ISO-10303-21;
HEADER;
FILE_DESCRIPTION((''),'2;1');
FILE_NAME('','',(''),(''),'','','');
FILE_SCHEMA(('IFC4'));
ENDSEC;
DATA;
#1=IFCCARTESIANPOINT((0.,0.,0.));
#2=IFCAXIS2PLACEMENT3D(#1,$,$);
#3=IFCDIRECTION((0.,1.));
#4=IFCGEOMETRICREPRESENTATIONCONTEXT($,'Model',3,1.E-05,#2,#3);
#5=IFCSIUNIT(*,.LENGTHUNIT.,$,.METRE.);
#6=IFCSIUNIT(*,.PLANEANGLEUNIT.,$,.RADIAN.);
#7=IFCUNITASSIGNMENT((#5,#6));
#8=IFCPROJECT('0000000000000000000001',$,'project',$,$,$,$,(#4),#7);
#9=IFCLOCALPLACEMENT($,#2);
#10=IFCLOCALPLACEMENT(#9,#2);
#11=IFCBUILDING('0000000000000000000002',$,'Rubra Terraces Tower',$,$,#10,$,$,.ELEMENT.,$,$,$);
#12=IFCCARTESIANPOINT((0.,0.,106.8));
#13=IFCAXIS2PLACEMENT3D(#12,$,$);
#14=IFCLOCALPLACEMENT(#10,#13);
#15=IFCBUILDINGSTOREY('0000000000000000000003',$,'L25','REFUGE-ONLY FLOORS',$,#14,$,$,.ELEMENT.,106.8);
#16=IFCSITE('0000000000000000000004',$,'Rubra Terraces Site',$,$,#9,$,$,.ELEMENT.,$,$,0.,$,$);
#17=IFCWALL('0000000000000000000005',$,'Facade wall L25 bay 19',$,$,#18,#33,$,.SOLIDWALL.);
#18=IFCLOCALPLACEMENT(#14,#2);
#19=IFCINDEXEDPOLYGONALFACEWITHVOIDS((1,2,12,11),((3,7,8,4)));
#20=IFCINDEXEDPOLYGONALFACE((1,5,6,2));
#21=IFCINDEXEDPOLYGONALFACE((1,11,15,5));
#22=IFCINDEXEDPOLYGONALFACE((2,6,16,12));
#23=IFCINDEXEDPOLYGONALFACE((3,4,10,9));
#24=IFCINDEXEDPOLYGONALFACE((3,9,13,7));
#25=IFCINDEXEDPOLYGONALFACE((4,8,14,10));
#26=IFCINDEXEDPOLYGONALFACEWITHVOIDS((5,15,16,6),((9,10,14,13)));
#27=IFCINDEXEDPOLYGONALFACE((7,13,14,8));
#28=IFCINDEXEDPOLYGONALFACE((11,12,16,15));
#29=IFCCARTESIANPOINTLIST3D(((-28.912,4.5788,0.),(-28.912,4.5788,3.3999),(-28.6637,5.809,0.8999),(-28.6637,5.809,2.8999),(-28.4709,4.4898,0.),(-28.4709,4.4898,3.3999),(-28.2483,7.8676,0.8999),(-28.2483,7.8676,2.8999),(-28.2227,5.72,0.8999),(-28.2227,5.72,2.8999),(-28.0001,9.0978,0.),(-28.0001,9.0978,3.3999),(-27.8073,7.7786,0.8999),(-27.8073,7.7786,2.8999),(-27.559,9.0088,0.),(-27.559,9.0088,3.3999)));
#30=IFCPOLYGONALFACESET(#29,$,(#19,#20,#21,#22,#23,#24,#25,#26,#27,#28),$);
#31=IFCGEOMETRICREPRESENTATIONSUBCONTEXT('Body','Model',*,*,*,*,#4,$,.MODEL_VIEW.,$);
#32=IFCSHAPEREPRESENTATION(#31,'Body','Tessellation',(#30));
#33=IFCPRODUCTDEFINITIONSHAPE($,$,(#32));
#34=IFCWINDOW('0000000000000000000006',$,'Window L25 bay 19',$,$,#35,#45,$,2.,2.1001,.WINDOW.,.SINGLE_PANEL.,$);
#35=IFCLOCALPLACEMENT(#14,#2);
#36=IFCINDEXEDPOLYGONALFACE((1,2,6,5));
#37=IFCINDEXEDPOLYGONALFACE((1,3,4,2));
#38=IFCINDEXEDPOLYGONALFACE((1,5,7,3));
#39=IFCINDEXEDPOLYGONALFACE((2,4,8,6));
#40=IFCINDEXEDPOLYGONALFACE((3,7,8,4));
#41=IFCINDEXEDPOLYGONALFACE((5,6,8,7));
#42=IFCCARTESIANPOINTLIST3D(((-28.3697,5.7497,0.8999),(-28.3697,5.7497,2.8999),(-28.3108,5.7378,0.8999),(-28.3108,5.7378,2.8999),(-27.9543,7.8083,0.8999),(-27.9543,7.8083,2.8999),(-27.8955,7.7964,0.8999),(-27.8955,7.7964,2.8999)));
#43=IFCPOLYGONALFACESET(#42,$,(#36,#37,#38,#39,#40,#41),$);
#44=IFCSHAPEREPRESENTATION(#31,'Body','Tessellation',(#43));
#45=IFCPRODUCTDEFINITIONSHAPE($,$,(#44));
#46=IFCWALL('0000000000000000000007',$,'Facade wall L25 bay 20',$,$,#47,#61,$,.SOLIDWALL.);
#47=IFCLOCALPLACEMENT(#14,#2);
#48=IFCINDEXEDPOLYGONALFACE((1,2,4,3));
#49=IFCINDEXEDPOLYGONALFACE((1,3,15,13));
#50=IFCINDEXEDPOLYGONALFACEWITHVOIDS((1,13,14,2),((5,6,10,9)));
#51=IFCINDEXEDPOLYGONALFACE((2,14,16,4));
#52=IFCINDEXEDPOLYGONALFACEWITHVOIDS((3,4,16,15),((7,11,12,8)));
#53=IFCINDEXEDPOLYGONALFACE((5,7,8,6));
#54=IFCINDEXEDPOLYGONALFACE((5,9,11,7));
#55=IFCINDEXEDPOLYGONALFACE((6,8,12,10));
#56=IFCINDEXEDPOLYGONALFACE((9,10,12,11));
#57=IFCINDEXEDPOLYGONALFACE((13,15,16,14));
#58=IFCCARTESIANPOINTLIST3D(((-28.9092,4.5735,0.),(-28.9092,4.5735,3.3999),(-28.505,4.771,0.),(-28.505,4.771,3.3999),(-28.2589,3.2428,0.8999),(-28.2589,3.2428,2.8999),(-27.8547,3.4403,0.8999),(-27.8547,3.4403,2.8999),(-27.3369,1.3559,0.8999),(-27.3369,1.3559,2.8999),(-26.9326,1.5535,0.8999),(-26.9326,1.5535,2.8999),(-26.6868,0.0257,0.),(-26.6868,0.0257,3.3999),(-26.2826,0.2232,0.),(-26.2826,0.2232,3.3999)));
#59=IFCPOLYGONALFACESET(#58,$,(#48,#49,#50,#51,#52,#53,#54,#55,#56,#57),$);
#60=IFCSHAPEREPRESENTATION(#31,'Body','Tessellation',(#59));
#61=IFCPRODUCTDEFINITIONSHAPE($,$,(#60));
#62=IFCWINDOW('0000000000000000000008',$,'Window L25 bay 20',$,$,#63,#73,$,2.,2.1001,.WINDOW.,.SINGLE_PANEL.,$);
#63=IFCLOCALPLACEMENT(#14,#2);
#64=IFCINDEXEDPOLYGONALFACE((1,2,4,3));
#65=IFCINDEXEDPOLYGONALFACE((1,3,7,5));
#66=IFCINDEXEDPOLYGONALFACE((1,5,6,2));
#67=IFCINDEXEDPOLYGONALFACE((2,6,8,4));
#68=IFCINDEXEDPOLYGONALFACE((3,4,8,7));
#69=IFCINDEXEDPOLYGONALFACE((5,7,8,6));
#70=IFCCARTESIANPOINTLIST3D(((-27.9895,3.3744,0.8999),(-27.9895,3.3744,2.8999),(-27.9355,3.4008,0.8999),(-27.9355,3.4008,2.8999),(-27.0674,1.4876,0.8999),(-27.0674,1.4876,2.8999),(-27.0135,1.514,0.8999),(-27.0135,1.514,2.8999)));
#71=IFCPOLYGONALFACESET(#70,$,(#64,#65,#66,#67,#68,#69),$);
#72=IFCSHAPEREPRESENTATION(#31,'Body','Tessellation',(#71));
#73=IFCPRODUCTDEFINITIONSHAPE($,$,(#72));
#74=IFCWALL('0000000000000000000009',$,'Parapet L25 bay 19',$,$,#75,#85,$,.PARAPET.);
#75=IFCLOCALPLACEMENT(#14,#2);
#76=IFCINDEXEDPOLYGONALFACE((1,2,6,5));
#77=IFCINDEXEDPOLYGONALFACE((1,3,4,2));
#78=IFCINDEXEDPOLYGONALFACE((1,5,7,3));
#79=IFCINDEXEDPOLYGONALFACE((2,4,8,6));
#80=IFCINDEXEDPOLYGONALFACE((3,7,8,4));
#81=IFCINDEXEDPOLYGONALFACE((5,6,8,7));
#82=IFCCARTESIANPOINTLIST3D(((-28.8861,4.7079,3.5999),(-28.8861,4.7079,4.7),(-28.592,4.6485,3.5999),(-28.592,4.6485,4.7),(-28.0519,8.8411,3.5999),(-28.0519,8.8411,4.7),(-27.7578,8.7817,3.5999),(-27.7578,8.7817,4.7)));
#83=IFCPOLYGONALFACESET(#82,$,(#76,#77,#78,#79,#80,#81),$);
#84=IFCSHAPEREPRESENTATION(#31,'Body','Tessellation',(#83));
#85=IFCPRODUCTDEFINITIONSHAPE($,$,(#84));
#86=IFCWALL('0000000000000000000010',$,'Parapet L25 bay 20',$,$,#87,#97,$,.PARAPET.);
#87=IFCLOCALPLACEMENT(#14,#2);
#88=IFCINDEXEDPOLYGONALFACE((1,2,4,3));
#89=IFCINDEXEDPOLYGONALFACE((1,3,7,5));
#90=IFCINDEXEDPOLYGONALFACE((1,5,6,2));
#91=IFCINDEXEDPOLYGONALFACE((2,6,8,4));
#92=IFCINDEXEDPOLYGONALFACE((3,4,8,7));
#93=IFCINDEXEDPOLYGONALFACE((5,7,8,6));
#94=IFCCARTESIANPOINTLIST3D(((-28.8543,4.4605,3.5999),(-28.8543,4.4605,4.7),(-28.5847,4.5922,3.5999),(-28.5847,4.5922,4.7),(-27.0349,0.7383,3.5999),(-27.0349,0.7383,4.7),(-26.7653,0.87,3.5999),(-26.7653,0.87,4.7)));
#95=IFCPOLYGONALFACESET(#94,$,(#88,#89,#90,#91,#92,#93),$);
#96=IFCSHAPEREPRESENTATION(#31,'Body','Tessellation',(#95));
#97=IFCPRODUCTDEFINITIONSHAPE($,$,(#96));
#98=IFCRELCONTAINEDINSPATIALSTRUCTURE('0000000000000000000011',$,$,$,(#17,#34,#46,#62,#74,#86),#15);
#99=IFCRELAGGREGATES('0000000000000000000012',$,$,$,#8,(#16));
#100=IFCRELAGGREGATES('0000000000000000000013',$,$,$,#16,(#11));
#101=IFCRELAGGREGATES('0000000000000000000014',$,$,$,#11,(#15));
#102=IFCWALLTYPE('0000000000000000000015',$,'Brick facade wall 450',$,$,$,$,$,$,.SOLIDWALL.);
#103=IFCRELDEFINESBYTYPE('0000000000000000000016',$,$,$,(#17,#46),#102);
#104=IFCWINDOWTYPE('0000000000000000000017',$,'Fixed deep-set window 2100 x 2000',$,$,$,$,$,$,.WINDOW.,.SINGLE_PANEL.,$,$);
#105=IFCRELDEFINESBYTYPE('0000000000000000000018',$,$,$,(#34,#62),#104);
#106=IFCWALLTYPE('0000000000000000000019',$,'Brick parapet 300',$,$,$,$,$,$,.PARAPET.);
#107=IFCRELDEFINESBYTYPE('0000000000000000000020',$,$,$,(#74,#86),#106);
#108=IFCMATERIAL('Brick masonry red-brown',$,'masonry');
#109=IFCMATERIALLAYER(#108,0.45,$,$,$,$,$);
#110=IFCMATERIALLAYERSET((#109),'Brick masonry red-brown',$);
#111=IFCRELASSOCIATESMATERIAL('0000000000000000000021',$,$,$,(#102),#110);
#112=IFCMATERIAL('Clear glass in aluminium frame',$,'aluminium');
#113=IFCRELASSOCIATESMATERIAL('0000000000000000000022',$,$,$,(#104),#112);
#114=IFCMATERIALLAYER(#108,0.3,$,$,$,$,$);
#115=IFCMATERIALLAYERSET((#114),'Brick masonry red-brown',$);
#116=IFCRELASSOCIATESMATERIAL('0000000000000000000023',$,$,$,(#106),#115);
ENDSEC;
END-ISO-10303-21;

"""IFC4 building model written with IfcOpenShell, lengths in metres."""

from ifc_helpers import new_model, si_unit, direction, frame, frame_2d, origin, place, context, subcontext, project, spatial, rectangle, extrude, material, layer, layer_set, type_object, element, fill, save


model = new_model("IFC4")

# Units and contexts
model_context = context("Model", 3, precision=1e-05, world=origin(), true_north=direction((0.0, 1.0)))
body_context = subcontext(model_context, "Body", "Model", "MODEL_VIEW")
ifc_project = project(units=[si_unit("LENGTHUNIT", "METRE"), si_unit("PLANEANGLEUNIT", "RADIAN")], contexts=[model_context])

# Site, building, storey
site_placement = place(None, origin())
site = spatial("IfcSite", under=ifc_project, at=site_placement, Name="Rubra Terraces Site", CompositionType="ELEMENT", RefElevation=0.0)
building_placement = place(site_placement, origin())
building = spatial("IfcBuilding", under=site, at=building_placement, Name="Rubra Terraces Tower", CompositionType="ELEMENT")
storey_placement = place(building_placement, frame((0.0, 0.0, 106.8)))
storey = spatial("IfcBuildingStorey", under=building, at=storey_placement, Name="L25", Description="REFUGE-ONLY FLOORS", CompositionType="ELEMENT", Elevation=106.8)

# Walls, openings, windows
ifc_material_1 = material(Name="Brick masonry red-brown", Category="masonry")
ifc_layer_1 = layer(ifc_material_1, 0.45)
ifc_layer_set_1 = layer_set([ifc_layer_1], Name="Brick masonry red-brown")
wall_type_1 = type_object("IfcWallType", Name="Brick facade wall 450", PredefinedType="SOLIDWALL", material=ifc_layer_set_1)
wall_1_placement = place(storey_placement, frame((-27.7795, 9.0535, 0.0), z_axis=(0.0, 0.0, 1.0), x_axis=(-0.197796, -0.980243, 0.0)))
wall_1 = element("IfcWall", 1, at=wall_1_placement, inside=storey, type_object=wall_type_1, Name="Facade wall L25 bay 19", PredefinedType="SOLIDWALL", context=body_context, shape_type="SweptSolid", body=[
    extrude(rectangle(XDim=4.6101, YDim=0.45, at=frame_2d((2.3052, 0.0))), origin(), (0.0, 0.0, 1.0), 3.3999),
])
opening_1_placement = place(wall_1_placement, frame((1.2551, 0.0, 0.8999)))
opening_1 = element("IfcOpeningElement", 2, at=opening_1_placement, cuts=wall_1, PredefinedType="OPENING", context=body_context, shape_type="SweptSolid", body=[
    extrude(rectangle(XDim=2.1001, YDim=2.0, at=frame_2d((1.05, 1.0))), frame((0.0, 0.2349, 0.0), z_axis=(0.0, -1.0, 0.0), x_axis=(1.0, 0.0, 0.0)), (0.0, 0.0, 1.0), 0.47),
])
ifc_material_2 = material(Name="Clear glass in aluminium frame", Category="aluminium")
window_type = type_object("IfcWindowType", Name="Fixed deep-set window 2100 x 2000", PartitioningType="SINGLE_PANEL", PredefinedType="WINDOW", material=ifc_material_2)
window_1_placement = place(opening_1_placement, origin())
window_1 = element("IfcWindow", 3, at=window_1_placement, inside=storey, type_object=window_type, Name="Window L25 bay 19", OverallHeight=2.0, OverallWidth=2.1001, PartitioningType="SINGLE_PANEL", PredefinedType="WINDOW", context=body_context, shape_type="SweptSolid", body=[
    extrude(rectangle(XDim=2.1001, YDim=2.0, at=frame_2d((1.05, 1.0))), frame((0.0, 0.135, 0.0), z_axis=(0.0, -1.0, 0.0), x_axis=(1.0, 0.0, 0.0)), (0.0, 0.0, 1.0), 0.0601),
])
fill(opening_1, window_1)
wall_2_placement = place(storey_placement, frame((-28.707, 4.6721, 0.0), z_axis=(0.0, 0.0, 1.0), x_axis=(0.439054, -0.898461, 0.0)))
wall_2 = element("IfcWall", 4, at=wall_2_placement, inside=storey, type_object=wall_type_1, Name="Facade wall L25 bay 20", PredefinedType="SOLIDWALL", context=body_context, shape_type="SweptSolid", body=[
    extrude(rectangle(XDim=5.0618, YDim=0.45, at=frame_2d((2.5308, 0.0))), origin(), (0.0, 0.0, 1.0), 3.3999),
])
opening_2_placement = place(wall_2_placement, frame((1.481, 0.0, 0.8999)))
opening_2 = element("IfcOpeningElement", 5, at=opening_2_placement, cuts=wall_2, PredefinedType="OPENING", context=body_context, shape_type="SweptSolid", body=[
    extrude(rectangle(XDim=2.1001, YDim=2.0, at=frame_2d((1.05, 1.0))), frame((0.0, 0.2349, 0.0), z_axis=(0.0, -1.0, 0.0), x_axis=(1.0, 0.0, 0.0)), (0.0, 0.0, 1.0), 0.47),
])
window_2_placement = place(opening_2_placement, origin())
window_2 = element("IfcWindow", 6, at=window_2_placement, inside=storey, type_object=window_type, Name="Window L25 bay 20", OverallHeight=2.0, OverallWidth=2.1001, PartitioningType="SINGLE_PANEL", PredefinedType="WINDOW", context=body_context, shape_type="SweptSolid", body=[
    extrude(rectangle(XDim=2.1001, YDim=2.0, at=frame_2d((1.05, 1.0))), frame((0.0, 0.135, 0.0), z_axis=(0.0, -1.0, 0.0), x_axis=(1.0, 0.0, 0.0)), (0.0, 0.0, 1.0), 0.0601),
])
fill(opening_2, window_2)

# Walls
ifc_layer_2 = layer(ifc_material_1, 0.3)
ifc_layer_set_2 = layer_set([ifc_layer_2], Name="Brick masonry red-brown")
wall_type_2 = type_object("IfcWallType", Name="Brick parapet 300", PredefinedType="PARAPET", material=ifc_layer_set_2)
wall_3_placement = place(storey_placement, frame((-27.9048, 8.8115, 3.5999), z_axis=(0.0, 0.0, 1.0), x_axis=(-0.197842, -0.980234, 0.0)))
element("IfcWall", 7, at=wall_3_placement, inside=storey, type_object=wall_type_2, Name="Parapet L25 bay 19", PredefinedType="PARAPET", context=body_context, shape_type="SweptSolid", body=[
    extrude(rectangle(XDim=4.2166, YDim=0.3, at=frame_2d((2.1084, 0.0))), origin(), (0.0, 0.0, 1.0), 1.1001),
])
wall_4_placement = place(storey_placement, frame((-28.7195, 4.5264, 3.5999), z_axis=(0.0, 0.0, 1.0), x_axis=(0.439134, -0.898422, 0.0)))
element("IfcWall", 8, at=wall_4_placement, inside=storey, type_object=wall_type_2, Name="Parapet L25 bay 20", PredefinedType="PARAPET", context=body_context, shape_type="SweptSolid", body=[
    extrude(rectangle(XDim=4.1431, YDim=0.3, at=frame_2d((2.0715, 0.0))), origin(), (0.0, 0.0, 1.0), 1.1001),
])

save(model, "model.ifc")
